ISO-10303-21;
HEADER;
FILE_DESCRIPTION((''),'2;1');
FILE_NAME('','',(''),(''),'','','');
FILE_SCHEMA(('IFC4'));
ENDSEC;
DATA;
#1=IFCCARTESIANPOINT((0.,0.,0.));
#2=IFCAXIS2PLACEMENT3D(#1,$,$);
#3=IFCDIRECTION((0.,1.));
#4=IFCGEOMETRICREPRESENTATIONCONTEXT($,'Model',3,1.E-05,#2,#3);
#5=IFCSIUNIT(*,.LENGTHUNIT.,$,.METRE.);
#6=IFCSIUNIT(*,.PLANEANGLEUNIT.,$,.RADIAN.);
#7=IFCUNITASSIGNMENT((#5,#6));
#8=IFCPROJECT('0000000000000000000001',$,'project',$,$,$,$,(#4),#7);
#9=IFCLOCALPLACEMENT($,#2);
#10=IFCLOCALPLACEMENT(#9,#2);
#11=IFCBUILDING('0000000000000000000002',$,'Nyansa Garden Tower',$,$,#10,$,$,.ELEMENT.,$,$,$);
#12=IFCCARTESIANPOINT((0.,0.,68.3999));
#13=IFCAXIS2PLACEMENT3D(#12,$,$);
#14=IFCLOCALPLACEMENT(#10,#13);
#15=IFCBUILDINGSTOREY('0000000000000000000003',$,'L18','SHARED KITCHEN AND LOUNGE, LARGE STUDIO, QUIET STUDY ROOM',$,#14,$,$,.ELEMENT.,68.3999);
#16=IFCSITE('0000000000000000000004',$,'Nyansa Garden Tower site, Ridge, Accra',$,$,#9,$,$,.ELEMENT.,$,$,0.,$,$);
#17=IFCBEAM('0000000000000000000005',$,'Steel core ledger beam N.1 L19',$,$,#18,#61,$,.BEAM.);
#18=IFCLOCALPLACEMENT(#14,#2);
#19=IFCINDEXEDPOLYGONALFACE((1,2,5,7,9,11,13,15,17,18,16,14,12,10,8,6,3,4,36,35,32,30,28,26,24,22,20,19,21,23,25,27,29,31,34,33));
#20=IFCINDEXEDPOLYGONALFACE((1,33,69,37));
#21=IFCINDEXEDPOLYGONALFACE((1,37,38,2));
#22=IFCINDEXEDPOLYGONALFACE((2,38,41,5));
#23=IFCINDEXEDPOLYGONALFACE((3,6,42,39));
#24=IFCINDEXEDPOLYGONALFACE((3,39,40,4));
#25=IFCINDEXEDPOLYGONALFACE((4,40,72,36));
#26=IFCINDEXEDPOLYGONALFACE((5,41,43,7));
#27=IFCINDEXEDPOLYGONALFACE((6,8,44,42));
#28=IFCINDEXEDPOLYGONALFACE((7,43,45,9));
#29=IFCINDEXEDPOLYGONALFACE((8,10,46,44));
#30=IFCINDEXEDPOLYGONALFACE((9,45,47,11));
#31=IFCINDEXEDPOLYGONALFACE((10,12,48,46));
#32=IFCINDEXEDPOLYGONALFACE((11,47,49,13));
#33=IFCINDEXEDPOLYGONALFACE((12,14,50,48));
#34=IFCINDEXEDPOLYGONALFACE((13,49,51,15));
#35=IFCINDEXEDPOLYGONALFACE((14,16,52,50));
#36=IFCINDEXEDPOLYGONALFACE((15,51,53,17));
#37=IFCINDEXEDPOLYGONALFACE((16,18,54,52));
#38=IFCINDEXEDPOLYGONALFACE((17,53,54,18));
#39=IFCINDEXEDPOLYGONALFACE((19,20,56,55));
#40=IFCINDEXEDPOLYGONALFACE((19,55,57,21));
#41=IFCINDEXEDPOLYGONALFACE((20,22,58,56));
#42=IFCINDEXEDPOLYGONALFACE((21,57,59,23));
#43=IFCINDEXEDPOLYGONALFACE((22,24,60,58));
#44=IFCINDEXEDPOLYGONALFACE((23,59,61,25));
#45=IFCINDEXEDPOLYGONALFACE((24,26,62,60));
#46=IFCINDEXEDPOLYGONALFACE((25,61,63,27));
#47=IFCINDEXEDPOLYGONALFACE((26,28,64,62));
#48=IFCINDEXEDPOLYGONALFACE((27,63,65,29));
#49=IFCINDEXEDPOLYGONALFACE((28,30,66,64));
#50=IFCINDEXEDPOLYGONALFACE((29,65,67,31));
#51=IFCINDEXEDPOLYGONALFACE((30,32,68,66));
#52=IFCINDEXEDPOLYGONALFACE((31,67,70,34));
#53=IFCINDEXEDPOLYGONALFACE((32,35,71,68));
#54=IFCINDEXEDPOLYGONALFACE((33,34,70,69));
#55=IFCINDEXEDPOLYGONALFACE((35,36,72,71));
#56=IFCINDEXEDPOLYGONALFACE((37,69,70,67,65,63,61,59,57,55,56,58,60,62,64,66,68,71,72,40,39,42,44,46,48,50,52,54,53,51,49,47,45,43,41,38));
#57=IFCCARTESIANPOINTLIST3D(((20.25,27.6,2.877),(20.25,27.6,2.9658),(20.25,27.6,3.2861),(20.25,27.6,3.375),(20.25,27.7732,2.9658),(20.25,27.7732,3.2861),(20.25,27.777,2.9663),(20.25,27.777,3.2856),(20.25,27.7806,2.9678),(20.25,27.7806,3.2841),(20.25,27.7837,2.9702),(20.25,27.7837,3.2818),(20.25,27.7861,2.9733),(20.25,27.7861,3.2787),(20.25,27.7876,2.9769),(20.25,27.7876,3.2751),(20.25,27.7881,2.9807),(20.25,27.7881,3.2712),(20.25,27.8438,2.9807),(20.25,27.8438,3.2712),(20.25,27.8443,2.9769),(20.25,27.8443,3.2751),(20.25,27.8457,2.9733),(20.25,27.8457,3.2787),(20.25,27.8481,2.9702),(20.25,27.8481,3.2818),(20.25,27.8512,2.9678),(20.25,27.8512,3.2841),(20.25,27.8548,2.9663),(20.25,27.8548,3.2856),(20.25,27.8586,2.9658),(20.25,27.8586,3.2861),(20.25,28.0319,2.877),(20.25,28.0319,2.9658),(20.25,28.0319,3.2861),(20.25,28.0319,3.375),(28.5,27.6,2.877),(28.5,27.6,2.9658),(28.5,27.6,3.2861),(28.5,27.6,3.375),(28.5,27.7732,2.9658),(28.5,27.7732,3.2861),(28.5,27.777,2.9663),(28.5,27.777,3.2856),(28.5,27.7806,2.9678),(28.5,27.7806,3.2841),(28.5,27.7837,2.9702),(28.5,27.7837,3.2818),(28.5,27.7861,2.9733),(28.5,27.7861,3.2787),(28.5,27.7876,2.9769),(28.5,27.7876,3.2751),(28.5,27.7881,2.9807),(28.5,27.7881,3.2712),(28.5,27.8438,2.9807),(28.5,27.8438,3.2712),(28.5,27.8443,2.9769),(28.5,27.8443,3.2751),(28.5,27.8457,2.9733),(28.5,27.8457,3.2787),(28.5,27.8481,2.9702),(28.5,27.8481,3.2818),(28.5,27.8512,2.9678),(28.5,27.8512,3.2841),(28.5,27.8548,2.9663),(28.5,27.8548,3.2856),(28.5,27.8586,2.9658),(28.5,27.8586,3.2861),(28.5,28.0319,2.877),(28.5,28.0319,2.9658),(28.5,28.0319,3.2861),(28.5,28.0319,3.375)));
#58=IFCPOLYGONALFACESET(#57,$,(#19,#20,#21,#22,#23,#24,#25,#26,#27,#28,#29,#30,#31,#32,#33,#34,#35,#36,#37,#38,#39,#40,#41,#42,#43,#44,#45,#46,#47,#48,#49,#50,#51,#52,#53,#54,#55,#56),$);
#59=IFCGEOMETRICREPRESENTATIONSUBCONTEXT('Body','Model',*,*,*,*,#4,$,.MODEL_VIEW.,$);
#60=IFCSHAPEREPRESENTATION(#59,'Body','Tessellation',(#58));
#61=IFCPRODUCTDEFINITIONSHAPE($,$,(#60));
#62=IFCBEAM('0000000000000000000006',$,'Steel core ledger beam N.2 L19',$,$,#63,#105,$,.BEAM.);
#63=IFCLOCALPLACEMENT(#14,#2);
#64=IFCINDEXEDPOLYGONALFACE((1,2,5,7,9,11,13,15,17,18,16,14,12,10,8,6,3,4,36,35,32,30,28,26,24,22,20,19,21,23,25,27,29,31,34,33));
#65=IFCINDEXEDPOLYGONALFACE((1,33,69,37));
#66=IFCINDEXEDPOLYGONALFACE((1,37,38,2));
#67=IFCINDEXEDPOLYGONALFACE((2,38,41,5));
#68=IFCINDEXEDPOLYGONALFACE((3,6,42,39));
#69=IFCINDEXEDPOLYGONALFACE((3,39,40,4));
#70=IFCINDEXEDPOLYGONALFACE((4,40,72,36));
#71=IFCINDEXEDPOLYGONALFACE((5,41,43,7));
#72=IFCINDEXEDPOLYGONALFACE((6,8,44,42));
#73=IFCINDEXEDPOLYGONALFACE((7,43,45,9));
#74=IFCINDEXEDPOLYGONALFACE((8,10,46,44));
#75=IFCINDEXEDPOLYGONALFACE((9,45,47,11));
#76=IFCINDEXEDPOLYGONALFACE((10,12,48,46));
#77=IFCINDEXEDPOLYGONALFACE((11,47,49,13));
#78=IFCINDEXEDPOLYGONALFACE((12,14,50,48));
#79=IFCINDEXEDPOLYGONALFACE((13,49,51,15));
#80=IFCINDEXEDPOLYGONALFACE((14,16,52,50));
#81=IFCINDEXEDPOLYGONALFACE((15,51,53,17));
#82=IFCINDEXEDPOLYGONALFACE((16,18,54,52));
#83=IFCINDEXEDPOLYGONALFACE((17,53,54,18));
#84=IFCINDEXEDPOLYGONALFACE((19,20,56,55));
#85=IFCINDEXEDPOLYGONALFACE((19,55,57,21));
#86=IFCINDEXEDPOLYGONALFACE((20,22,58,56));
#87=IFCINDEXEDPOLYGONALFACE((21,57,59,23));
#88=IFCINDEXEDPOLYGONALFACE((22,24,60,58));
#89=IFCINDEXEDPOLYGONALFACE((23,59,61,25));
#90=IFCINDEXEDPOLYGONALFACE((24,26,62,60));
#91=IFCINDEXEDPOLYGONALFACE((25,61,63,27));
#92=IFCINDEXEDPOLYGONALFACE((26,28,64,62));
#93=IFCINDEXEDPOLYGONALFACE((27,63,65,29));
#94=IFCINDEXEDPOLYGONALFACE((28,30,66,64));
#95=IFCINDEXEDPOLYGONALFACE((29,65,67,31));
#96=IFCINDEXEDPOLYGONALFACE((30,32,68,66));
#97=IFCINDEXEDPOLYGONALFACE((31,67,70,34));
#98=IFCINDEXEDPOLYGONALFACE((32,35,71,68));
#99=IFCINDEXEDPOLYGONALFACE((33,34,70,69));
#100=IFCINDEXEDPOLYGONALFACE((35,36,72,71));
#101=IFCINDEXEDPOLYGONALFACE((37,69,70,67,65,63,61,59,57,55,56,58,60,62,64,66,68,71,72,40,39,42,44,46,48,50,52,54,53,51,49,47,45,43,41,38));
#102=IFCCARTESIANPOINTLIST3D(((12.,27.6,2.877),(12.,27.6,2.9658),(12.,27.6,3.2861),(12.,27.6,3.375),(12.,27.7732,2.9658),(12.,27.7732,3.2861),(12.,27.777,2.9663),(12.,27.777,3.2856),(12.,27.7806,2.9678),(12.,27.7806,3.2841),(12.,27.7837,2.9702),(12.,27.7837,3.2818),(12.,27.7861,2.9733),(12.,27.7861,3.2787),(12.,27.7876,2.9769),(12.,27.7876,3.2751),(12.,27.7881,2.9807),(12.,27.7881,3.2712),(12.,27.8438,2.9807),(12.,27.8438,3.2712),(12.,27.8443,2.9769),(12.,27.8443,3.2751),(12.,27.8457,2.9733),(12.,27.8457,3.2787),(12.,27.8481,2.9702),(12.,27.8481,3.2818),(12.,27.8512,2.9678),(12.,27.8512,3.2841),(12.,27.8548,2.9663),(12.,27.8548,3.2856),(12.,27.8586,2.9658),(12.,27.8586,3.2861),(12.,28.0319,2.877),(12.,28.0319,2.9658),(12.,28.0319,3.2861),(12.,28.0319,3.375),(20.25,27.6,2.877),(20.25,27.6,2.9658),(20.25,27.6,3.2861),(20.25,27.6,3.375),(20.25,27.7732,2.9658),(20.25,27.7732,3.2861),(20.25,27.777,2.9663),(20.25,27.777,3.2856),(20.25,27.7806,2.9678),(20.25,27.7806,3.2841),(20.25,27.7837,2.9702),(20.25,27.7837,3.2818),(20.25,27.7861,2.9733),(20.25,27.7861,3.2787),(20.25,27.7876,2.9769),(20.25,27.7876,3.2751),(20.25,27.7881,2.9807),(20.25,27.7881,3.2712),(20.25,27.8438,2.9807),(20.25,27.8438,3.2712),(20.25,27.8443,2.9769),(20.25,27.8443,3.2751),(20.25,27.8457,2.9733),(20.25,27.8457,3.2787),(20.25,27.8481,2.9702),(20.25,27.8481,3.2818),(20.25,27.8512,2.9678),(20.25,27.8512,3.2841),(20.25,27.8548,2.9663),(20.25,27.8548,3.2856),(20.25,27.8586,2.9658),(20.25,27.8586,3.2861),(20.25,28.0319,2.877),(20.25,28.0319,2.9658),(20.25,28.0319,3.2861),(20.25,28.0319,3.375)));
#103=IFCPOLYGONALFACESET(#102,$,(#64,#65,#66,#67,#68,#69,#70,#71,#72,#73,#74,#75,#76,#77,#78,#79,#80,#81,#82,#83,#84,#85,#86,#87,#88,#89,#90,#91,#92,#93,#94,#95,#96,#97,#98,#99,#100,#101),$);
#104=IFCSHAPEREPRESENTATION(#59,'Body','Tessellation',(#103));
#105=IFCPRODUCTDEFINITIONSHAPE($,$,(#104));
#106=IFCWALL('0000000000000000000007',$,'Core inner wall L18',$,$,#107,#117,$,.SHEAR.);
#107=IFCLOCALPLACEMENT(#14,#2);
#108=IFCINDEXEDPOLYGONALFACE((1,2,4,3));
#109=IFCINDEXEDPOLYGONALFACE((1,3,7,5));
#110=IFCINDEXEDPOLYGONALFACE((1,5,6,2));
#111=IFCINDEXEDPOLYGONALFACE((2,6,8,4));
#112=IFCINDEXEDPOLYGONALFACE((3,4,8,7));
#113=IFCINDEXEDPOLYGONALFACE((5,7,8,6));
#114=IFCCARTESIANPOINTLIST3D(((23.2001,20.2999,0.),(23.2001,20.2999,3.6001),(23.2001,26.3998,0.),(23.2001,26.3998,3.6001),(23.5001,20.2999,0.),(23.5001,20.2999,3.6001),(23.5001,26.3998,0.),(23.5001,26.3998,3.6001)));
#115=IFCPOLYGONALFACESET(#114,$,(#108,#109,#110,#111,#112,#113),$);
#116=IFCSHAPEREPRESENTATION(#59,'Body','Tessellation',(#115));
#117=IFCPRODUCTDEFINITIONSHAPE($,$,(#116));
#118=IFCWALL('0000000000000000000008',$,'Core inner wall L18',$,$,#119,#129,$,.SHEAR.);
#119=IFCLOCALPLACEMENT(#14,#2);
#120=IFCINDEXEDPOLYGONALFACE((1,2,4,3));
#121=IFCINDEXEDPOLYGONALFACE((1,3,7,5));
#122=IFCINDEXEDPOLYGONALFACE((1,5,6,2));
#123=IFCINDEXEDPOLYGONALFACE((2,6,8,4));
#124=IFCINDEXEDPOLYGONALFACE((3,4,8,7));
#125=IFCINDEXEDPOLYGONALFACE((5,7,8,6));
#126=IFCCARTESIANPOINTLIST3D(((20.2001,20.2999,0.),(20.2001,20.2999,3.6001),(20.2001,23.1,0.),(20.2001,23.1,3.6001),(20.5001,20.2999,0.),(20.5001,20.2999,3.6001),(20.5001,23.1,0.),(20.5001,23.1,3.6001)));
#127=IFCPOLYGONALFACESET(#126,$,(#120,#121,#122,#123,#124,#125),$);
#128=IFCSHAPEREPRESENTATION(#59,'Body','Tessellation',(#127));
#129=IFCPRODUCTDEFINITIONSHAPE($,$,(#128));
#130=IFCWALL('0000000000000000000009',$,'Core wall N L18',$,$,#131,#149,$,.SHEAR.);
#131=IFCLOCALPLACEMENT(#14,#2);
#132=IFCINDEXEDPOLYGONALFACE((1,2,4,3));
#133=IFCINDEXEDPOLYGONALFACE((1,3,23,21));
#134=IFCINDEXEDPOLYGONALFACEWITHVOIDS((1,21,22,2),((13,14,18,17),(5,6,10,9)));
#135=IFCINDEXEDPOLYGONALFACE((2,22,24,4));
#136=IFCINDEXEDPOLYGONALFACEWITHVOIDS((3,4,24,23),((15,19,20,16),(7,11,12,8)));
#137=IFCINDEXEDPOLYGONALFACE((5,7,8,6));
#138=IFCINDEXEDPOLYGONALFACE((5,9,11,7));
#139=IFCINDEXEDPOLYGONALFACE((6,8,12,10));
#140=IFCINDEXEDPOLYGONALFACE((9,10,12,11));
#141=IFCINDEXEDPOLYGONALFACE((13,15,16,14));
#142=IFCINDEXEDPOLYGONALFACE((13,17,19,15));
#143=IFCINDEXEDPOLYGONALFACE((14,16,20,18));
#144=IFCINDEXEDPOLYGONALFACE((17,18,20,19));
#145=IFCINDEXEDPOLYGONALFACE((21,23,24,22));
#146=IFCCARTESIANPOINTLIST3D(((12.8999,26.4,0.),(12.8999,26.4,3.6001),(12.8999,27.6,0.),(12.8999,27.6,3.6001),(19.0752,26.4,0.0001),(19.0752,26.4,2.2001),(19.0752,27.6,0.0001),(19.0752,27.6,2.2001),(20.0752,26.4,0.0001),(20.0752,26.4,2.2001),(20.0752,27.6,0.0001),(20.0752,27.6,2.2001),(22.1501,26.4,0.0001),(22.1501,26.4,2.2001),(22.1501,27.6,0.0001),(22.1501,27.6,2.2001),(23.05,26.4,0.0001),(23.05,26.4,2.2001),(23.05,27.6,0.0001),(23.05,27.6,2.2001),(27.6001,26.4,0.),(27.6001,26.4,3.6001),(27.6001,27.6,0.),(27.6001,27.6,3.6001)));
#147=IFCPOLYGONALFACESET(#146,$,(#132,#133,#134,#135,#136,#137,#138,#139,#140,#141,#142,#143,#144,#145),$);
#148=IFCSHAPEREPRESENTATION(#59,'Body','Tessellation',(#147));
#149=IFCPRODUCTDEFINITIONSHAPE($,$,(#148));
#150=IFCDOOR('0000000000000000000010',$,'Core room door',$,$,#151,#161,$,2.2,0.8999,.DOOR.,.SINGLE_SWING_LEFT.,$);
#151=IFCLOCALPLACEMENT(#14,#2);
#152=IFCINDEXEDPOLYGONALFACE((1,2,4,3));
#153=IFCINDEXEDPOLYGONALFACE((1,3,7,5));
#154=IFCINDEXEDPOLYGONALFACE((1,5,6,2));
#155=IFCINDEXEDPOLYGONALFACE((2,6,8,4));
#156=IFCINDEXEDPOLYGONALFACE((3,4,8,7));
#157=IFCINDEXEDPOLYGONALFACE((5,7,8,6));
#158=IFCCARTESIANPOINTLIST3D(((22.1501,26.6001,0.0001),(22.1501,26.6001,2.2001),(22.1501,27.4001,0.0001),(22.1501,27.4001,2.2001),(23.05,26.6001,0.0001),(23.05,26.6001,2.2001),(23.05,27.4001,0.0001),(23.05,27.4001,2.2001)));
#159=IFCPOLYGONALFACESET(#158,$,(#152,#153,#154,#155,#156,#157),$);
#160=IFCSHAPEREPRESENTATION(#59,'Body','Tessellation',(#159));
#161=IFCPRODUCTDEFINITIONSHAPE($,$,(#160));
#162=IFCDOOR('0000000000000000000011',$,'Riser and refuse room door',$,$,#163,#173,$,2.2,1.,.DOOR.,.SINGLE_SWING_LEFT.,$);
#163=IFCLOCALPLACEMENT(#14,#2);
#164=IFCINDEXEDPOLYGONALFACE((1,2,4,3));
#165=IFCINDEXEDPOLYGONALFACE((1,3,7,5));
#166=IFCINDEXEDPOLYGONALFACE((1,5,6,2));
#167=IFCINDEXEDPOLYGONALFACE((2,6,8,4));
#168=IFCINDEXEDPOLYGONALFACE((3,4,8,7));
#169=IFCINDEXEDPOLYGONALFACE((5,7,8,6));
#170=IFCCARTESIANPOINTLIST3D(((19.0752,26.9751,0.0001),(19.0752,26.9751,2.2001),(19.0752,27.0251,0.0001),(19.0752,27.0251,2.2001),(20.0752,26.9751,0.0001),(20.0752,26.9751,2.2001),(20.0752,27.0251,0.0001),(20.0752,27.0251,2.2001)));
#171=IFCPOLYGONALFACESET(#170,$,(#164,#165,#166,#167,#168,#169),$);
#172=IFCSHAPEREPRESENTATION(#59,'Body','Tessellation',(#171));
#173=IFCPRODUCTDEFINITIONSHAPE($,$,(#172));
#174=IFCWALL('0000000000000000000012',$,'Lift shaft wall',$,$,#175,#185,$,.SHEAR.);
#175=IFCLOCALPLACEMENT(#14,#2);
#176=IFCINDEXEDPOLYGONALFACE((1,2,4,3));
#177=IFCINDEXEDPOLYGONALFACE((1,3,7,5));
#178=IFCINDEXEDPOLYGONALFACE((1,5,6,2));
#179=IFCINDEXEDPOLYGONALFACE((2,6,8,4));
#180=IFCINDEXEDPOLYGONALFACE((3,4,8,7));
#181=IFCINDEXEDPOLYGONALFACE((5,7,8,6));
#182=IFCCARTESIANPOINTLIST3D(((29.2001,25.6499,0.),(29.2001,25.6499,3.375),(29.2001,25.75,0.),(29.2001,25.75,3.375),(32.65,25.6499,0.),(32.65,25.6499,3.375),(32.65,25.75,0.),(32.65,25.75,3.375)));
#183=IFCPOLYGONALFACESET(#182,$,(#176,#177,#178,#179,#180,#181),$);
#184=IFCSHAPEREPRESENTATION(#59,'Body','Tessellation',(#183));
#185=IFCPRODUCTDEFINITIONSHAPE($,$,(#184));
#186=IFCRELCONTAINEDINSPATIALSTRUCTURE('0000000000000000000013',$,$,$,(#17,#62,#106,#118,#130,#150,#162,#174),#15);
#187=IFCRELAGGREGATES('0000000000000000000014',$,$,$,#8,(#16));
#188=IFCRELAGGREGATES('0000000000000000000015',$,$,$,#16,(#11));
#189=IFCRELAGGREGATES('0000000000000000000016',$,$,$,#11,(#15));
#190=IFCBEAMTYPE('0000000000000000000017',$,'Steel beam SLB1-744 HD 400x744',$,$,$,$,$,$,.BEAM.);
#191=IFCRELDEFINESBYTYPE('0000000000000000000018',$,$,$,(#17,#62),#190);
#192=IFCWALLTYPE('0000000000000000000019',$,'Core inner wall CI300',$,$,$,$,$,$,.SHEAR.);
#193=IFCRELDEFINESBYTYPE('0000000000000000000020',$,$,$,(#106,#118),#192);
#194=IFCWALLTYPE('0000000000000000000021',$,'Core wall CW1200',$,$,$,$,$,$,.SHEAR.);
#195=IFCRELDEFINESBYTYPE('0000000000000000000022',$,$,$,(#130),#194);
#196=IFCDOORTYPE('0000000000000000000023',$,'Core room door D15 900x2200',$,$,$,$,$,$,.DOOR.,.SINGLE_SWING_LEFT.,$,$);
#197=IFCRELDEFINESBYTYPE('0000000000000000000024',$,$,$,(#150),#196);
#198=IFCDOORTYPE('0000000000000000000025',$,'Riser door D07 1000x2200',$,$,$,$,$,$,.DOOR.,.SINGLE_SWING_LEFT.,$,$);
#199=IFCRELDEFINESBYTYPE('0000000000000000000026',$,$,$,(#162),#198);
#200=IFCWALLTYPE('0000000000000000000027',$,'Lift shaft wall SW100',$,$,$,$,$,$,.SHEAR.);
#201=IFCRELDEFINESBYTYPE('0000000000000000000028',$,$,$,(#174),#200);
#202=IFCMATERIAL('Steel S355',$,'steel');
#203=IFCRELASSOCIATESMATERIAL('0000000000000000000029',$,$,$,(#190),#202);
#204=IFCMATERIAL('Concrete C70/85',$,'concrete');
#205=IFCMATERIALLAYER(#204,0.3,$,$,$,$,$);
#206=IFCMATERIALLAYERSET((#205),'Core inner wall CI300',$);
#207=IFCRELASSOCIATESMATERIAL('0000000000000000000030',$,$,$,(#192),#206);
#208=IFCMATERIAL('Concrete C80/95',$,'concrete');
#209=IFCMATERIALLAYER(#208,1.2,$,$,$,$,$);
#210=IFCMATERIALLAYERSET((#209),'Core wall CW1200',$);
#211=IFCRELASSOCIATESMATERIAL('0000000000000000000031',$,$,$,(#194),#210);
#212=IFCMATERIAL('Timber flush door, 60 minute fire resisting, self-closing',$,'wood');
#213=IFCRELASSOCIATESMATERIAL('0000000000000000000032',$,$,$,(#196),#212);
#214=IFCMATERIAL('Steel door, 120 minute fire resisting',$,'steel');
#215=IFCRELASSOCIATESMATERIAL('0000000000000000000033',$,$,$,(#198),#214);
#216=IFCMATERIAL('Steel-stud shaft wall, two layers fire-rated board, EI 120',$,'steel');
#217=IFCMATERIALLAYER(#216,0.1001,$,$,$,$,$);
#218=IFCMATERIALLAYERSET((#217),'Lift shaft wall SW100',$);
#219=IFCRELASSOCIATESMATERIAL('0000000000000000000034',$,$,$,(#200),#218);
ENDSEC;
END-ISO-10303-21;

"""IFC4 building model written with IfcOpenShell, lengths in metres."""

from ifc_helpers import new_model, si_unit, direction, frame, frame_2d, origin, origin_2d, place, context, subcontext, project, spatial, rectangle, i_section, extrude, material, layer, layer_set, material_profile, profile_set, type_object, element, fill, save


model = new_model("IFC4")

# Units and contexts
model_context = context("Model", 3, precision=1e-05, world=origin(), true_north=direction((0.0, 1.0)))
body_context = subcontext(model_context, "Body", "Model", "MODEL_VIEW")
ifc_project = project(units=[si_unit("LENGTHUNIT", "METRE"), si_unit("PLANEANGLEUNIT", "RADIAN")], contexts=[model_context])

# Site, building, storey
site_placement = place(None, origin())
site = spatial("IfcSite", under=ifc_project, at=site_placement, Name="Nyansa Garden Tower site, Ridge, Accra", CompositionType="ELEMENT", RefElevation=0.0)
building_placement = place(site_placement, origin())
building = spatial("IfcBuilding", under=site, at=building_placement, Name="Nyansa Garden Tower", CompositionType="ELEMENT")
storey_placement = place(building_placement, frame((0.0, 0.0, 68.3999)))
storey = spatial("IfcBuildingStorey", under=building, at=storey_placement, Name="L18", Description="SHARED KITCHEN AND LOUNGE, LARGE STUDIO, QUIET STUDY ROOM", CompositionType="ELEMENT", Elevation=68.3999)

# Beams
ifc_material_1 = material(Name="Steel S355", Category="steel")
ifc_material_profile_1 = material_profile(ifc_material_1, i_section(OverallWidth=0.4319, OverallDepth=0.498, WebThickness=0.0557, FlangeThickness=0.0889, FilletRadius=0.0149, at=origin_2d()), Name="HD 400x744")
ifc_profile_set_1 = profile_set([ifc_material_profile_1], Name="Steel S355")
beam_type_1 = type_object("IfcBeamType", Name="Steel beam SLB1-744 HD 400x744", PredefinedType="BEAM", material=ifc_profile_set_1)
for number, where, z_axis, x_axis, name in (
    (1, (28.5, 27.8159, 3.126), (-1.0, 0.0, 0.0), (0.0, -1.0, 0.0), "Steel core ledger beam N.1 L19"),
    (2, (20.25, 27.8159, 3.126), (-1.0, 0.0, 0.0), (0.0, -1.0, 0.0), "Steel core ledger beam N.2 L19"),
):
    element("IfcBeam", number, at=place(storey_placement, frame(where, z_axis=z_axis, x_axis=x_axis)), inside=storey, type_object=beam_type_1, Name=name, PredefinedType="BEAM", context=body_context, shape_type="SweptSolid", body=[
        extrude(i_section(OverallWidth=0.4319, OverallDepth=0.498, WebThickness=0.0557, FlangeThickness=0.0889, FilletRadius=0.0149, at=origin_2d()), origin(), (0.0, 0.0, 1.0), 8.25),
    ])

# Walls
ifc_material_2 = material(Name="Concrete C70/85", Category="concrete")
ifc_layer_1 = layer(ifc_material_2, 0.3)
ifc_layer_set_1 = layer_set([ifc_layer_1], Name="Core inner wall CI300")
wall_type_1 = type_object("IfcWallType", Name="Core inner wall CI300", PredefinedType="SHEAR", material=ifc_layer_set_1)
wall_1_placement = place(storey_placement, frame((23.3501, 20.3, 0.0), z_axis=(0.0, 0.0, 1.0), x_axis=(0.0, 1.0, 0.0)))
element("IfcWall", 3, at=wall_1_placement, inside=storey, type_object=wall_type_1, Name="Core inner wall L18", PredefinedType="SHEAR", context=body_context, shape_type="SweptSolid", body=[
    extrude(rectangle(XDim=6.0999, YDim=0.3, at=frame_2d((3.0498, 0.0))), origin(), (0.0, 0.0, 1.0), 3.6001),
])
wall_2_placement = place(storey_placement, frame((20.3501, 20.3, 0.0), z_axis=(0.0, 0.0, 1.0), x_axis=(0.0, 1.0, 0.0)))
element("IfcWall", 4, at=wall_2_placement, inside=storey, type_object=wall_type_1, Name="Core inner wall L18", PredefinedType="SHEAR", context=body_context, shape_type="SweptSolid", body=[
    extrude(rectangle(XDim=2.8, YDim=0.3, at=frame_2d((1.3999, 0.0))), origin(), (0.0, 0.0, 1.0), 3.6001),
])

# Wall, openings, doors
ifc_material_3 = material(Name="Concrete C80/95", Category="concrete")
ifc_layer_2 = layer(ifc_material_3, 1.2)
ifc_layer_set_2 = layer_set([ifc_layer_2], Name="Core wall CW1200")
wall_type_2 = type_object("IfcWallType", Name="Core wall CW1200", PredefinedType="SHEAR", material=ifc_layer_set_2)
wall_3_placement = place(storey_placement, frame((27.6001, 27.0, 0.0), z_axis=(0.0, 0.0, 1.0), x_axis=(-1.0, 0.0, 0.0)))
wall_3 = element("IfcWall", 5, at=wall_3_placement, inside=storey, type_object=wall_type_2, Name="Core wall N L18", PredefinedType="SHEAR", context=body_context, shape_type="SweptSolid", body=[
    extrude(rectangle(XDim=14.7002, YDim=1.2, at=frame_2d((7.3501, 0.0))), origin(), (0.0, 0.0, 1.0), 3.6001),
])
opening_1_placement = place(wall_3_placement, frame((4.55, 0.0, 0.0)))
opening_1 = element("IfcOpeningElement", 6, at=opening_1_placement, cuts=wall_3, PredefinedType="OPENING", context=body_context, shape_type="SweptSolid", body=[
    extrude(rectangle(XDim=0.8999, YDim=2.2, at=frame_2d((0.45, 1.1001))), frame((0.0, 0.6099, 0.0), z_axis=(0.0, -1.0, 0.0), x_axis=(1.0, 0.0, 0.0)), (0.0, 0.0, 1.0), 1.22),
])
opening_2_placement = place(wall_3_placement, frame((7.5249, 0.0, 0.0)))
opening_2 = element("IfcOpeningElement", 7, at=opening_2_placement, cuts=wall_3, PredefinedType="OPENING", context=body_context, shape_type="SweptSolid", body=[
    extrude(rectangle(XDim=1.0, YDim=2.2, at=frame_2d((0.5, 1.1001))), frame((0.0, 0.6099, 0.0), z_axis=(0.0, -1.0, 0.0), x_axis=(1.0, 0.0, 0.0)), (0.0, 0.0, 1.0), 1.22),
])
ifc_material_4 = material(Name="Timber flush door, 60 minute fire resisting, self-closing", Category="wood")
door_type_1 = type_object("IfcDoorType", Name="Core room door D15 900x2200", OperationType="SINGLE_SWING_LEFT", PredefinedType="DOOR", material=ifc_material_4)
door_1_placement = place(opening_1_placement, origin())
door_1 = element("IfcDoor", 8, at=door_1_placement, inside=storey, type_object=door_type_1, Name="Core room door", OperationType="SINGLE_SWING_LEFT", OverallHeight=2.2, OverallWidth=0.8999, PredefinedType="DOOR", context=body_context, shape_type="SweptSolid", body=[
    extrude(rectangle(XDim=0.8999, YDim=2.2, at=frame_2d((0.45, 1.1001))), frame((0.0, 0.3999, 0.0), z_axis=(0.0, -1.0, 0.0), x_axis=(1.0, 0.0, 0.0)), (0.0, 0.0, 1.0), 0.8),
])
fill(opening_1, door_1)
ifc_material_5 = material(Name="Steel door, 120 minute fire resisting", Category="steel")
door_type_2 = type_object("IfcDoorType", Name="Riser door D07 1000x2200", OperationType="SINGLE_SWING_LEFT", PredefinedType="DOOR", material=ifc_material_5)
door_2_placement = place(opening_2_placement, origin())
door_2 = element("IfcDoor", 9, at=door_2_placement, inside=storey, type_object=door_type_2, Name="Riser and refuse room door", OperationType="SINGLE_SWING_LEFT", OverallHeight=2.2, OverallWidth=1.0, PredefinedType="DOOR", context=body_context, shape_type="SweptSolid", body=[
    extrude(rectangle(XDim=1.0, YDim=2.2, at=frame_2d((0.5, 1.1001))), frame((0.0, 0.0249, 0.0), z_axis=(0.0, -1.0, 0.0), x_axis=(1.0, 0.0, 0.0)), (0.0, 0.0, 1.0), 0.05),
])
fill(opening_2, door_2)

# Wall
ifc_material_6 = material(Name="Steel-stud shaft wall, two layers fire-rated board, EI 120", Category="steel")
ifc_layer_3 = layer(ifc_material_6, 0.1001)
ifc_layer_set_3 = layer_set([ifc_layer_3], Name="Lift shaft wall SW100")
wall_type_3 = type_object("IfcWallType", Name="Lift shaft wall SW100", PredefinedType="SHEAR", material=ifc_layer_set_3)
wall_4_placement = place(storey_placement, frame((29.2, 25.7, 0.0), z_axis=(0.0, 0.0, 1.0), x_axis=(1.0, 0.0, 0.0)))
element("IfcWall", 10, at=wall_4_placement, inside=storey, type_object=wall_type_3, Name="Lift shaft wall", PredefinedType="SHEAR", context=body_context, shape_type="SweptSolid", body=[
    extrude(rectangle(XDim=3.45, YDim=0.1001, at=frame_2d((1.7251, 0.0))), origin(), (0.0, 0.0, 1.0), 3.375),
])

save(model, "model.ifc")
